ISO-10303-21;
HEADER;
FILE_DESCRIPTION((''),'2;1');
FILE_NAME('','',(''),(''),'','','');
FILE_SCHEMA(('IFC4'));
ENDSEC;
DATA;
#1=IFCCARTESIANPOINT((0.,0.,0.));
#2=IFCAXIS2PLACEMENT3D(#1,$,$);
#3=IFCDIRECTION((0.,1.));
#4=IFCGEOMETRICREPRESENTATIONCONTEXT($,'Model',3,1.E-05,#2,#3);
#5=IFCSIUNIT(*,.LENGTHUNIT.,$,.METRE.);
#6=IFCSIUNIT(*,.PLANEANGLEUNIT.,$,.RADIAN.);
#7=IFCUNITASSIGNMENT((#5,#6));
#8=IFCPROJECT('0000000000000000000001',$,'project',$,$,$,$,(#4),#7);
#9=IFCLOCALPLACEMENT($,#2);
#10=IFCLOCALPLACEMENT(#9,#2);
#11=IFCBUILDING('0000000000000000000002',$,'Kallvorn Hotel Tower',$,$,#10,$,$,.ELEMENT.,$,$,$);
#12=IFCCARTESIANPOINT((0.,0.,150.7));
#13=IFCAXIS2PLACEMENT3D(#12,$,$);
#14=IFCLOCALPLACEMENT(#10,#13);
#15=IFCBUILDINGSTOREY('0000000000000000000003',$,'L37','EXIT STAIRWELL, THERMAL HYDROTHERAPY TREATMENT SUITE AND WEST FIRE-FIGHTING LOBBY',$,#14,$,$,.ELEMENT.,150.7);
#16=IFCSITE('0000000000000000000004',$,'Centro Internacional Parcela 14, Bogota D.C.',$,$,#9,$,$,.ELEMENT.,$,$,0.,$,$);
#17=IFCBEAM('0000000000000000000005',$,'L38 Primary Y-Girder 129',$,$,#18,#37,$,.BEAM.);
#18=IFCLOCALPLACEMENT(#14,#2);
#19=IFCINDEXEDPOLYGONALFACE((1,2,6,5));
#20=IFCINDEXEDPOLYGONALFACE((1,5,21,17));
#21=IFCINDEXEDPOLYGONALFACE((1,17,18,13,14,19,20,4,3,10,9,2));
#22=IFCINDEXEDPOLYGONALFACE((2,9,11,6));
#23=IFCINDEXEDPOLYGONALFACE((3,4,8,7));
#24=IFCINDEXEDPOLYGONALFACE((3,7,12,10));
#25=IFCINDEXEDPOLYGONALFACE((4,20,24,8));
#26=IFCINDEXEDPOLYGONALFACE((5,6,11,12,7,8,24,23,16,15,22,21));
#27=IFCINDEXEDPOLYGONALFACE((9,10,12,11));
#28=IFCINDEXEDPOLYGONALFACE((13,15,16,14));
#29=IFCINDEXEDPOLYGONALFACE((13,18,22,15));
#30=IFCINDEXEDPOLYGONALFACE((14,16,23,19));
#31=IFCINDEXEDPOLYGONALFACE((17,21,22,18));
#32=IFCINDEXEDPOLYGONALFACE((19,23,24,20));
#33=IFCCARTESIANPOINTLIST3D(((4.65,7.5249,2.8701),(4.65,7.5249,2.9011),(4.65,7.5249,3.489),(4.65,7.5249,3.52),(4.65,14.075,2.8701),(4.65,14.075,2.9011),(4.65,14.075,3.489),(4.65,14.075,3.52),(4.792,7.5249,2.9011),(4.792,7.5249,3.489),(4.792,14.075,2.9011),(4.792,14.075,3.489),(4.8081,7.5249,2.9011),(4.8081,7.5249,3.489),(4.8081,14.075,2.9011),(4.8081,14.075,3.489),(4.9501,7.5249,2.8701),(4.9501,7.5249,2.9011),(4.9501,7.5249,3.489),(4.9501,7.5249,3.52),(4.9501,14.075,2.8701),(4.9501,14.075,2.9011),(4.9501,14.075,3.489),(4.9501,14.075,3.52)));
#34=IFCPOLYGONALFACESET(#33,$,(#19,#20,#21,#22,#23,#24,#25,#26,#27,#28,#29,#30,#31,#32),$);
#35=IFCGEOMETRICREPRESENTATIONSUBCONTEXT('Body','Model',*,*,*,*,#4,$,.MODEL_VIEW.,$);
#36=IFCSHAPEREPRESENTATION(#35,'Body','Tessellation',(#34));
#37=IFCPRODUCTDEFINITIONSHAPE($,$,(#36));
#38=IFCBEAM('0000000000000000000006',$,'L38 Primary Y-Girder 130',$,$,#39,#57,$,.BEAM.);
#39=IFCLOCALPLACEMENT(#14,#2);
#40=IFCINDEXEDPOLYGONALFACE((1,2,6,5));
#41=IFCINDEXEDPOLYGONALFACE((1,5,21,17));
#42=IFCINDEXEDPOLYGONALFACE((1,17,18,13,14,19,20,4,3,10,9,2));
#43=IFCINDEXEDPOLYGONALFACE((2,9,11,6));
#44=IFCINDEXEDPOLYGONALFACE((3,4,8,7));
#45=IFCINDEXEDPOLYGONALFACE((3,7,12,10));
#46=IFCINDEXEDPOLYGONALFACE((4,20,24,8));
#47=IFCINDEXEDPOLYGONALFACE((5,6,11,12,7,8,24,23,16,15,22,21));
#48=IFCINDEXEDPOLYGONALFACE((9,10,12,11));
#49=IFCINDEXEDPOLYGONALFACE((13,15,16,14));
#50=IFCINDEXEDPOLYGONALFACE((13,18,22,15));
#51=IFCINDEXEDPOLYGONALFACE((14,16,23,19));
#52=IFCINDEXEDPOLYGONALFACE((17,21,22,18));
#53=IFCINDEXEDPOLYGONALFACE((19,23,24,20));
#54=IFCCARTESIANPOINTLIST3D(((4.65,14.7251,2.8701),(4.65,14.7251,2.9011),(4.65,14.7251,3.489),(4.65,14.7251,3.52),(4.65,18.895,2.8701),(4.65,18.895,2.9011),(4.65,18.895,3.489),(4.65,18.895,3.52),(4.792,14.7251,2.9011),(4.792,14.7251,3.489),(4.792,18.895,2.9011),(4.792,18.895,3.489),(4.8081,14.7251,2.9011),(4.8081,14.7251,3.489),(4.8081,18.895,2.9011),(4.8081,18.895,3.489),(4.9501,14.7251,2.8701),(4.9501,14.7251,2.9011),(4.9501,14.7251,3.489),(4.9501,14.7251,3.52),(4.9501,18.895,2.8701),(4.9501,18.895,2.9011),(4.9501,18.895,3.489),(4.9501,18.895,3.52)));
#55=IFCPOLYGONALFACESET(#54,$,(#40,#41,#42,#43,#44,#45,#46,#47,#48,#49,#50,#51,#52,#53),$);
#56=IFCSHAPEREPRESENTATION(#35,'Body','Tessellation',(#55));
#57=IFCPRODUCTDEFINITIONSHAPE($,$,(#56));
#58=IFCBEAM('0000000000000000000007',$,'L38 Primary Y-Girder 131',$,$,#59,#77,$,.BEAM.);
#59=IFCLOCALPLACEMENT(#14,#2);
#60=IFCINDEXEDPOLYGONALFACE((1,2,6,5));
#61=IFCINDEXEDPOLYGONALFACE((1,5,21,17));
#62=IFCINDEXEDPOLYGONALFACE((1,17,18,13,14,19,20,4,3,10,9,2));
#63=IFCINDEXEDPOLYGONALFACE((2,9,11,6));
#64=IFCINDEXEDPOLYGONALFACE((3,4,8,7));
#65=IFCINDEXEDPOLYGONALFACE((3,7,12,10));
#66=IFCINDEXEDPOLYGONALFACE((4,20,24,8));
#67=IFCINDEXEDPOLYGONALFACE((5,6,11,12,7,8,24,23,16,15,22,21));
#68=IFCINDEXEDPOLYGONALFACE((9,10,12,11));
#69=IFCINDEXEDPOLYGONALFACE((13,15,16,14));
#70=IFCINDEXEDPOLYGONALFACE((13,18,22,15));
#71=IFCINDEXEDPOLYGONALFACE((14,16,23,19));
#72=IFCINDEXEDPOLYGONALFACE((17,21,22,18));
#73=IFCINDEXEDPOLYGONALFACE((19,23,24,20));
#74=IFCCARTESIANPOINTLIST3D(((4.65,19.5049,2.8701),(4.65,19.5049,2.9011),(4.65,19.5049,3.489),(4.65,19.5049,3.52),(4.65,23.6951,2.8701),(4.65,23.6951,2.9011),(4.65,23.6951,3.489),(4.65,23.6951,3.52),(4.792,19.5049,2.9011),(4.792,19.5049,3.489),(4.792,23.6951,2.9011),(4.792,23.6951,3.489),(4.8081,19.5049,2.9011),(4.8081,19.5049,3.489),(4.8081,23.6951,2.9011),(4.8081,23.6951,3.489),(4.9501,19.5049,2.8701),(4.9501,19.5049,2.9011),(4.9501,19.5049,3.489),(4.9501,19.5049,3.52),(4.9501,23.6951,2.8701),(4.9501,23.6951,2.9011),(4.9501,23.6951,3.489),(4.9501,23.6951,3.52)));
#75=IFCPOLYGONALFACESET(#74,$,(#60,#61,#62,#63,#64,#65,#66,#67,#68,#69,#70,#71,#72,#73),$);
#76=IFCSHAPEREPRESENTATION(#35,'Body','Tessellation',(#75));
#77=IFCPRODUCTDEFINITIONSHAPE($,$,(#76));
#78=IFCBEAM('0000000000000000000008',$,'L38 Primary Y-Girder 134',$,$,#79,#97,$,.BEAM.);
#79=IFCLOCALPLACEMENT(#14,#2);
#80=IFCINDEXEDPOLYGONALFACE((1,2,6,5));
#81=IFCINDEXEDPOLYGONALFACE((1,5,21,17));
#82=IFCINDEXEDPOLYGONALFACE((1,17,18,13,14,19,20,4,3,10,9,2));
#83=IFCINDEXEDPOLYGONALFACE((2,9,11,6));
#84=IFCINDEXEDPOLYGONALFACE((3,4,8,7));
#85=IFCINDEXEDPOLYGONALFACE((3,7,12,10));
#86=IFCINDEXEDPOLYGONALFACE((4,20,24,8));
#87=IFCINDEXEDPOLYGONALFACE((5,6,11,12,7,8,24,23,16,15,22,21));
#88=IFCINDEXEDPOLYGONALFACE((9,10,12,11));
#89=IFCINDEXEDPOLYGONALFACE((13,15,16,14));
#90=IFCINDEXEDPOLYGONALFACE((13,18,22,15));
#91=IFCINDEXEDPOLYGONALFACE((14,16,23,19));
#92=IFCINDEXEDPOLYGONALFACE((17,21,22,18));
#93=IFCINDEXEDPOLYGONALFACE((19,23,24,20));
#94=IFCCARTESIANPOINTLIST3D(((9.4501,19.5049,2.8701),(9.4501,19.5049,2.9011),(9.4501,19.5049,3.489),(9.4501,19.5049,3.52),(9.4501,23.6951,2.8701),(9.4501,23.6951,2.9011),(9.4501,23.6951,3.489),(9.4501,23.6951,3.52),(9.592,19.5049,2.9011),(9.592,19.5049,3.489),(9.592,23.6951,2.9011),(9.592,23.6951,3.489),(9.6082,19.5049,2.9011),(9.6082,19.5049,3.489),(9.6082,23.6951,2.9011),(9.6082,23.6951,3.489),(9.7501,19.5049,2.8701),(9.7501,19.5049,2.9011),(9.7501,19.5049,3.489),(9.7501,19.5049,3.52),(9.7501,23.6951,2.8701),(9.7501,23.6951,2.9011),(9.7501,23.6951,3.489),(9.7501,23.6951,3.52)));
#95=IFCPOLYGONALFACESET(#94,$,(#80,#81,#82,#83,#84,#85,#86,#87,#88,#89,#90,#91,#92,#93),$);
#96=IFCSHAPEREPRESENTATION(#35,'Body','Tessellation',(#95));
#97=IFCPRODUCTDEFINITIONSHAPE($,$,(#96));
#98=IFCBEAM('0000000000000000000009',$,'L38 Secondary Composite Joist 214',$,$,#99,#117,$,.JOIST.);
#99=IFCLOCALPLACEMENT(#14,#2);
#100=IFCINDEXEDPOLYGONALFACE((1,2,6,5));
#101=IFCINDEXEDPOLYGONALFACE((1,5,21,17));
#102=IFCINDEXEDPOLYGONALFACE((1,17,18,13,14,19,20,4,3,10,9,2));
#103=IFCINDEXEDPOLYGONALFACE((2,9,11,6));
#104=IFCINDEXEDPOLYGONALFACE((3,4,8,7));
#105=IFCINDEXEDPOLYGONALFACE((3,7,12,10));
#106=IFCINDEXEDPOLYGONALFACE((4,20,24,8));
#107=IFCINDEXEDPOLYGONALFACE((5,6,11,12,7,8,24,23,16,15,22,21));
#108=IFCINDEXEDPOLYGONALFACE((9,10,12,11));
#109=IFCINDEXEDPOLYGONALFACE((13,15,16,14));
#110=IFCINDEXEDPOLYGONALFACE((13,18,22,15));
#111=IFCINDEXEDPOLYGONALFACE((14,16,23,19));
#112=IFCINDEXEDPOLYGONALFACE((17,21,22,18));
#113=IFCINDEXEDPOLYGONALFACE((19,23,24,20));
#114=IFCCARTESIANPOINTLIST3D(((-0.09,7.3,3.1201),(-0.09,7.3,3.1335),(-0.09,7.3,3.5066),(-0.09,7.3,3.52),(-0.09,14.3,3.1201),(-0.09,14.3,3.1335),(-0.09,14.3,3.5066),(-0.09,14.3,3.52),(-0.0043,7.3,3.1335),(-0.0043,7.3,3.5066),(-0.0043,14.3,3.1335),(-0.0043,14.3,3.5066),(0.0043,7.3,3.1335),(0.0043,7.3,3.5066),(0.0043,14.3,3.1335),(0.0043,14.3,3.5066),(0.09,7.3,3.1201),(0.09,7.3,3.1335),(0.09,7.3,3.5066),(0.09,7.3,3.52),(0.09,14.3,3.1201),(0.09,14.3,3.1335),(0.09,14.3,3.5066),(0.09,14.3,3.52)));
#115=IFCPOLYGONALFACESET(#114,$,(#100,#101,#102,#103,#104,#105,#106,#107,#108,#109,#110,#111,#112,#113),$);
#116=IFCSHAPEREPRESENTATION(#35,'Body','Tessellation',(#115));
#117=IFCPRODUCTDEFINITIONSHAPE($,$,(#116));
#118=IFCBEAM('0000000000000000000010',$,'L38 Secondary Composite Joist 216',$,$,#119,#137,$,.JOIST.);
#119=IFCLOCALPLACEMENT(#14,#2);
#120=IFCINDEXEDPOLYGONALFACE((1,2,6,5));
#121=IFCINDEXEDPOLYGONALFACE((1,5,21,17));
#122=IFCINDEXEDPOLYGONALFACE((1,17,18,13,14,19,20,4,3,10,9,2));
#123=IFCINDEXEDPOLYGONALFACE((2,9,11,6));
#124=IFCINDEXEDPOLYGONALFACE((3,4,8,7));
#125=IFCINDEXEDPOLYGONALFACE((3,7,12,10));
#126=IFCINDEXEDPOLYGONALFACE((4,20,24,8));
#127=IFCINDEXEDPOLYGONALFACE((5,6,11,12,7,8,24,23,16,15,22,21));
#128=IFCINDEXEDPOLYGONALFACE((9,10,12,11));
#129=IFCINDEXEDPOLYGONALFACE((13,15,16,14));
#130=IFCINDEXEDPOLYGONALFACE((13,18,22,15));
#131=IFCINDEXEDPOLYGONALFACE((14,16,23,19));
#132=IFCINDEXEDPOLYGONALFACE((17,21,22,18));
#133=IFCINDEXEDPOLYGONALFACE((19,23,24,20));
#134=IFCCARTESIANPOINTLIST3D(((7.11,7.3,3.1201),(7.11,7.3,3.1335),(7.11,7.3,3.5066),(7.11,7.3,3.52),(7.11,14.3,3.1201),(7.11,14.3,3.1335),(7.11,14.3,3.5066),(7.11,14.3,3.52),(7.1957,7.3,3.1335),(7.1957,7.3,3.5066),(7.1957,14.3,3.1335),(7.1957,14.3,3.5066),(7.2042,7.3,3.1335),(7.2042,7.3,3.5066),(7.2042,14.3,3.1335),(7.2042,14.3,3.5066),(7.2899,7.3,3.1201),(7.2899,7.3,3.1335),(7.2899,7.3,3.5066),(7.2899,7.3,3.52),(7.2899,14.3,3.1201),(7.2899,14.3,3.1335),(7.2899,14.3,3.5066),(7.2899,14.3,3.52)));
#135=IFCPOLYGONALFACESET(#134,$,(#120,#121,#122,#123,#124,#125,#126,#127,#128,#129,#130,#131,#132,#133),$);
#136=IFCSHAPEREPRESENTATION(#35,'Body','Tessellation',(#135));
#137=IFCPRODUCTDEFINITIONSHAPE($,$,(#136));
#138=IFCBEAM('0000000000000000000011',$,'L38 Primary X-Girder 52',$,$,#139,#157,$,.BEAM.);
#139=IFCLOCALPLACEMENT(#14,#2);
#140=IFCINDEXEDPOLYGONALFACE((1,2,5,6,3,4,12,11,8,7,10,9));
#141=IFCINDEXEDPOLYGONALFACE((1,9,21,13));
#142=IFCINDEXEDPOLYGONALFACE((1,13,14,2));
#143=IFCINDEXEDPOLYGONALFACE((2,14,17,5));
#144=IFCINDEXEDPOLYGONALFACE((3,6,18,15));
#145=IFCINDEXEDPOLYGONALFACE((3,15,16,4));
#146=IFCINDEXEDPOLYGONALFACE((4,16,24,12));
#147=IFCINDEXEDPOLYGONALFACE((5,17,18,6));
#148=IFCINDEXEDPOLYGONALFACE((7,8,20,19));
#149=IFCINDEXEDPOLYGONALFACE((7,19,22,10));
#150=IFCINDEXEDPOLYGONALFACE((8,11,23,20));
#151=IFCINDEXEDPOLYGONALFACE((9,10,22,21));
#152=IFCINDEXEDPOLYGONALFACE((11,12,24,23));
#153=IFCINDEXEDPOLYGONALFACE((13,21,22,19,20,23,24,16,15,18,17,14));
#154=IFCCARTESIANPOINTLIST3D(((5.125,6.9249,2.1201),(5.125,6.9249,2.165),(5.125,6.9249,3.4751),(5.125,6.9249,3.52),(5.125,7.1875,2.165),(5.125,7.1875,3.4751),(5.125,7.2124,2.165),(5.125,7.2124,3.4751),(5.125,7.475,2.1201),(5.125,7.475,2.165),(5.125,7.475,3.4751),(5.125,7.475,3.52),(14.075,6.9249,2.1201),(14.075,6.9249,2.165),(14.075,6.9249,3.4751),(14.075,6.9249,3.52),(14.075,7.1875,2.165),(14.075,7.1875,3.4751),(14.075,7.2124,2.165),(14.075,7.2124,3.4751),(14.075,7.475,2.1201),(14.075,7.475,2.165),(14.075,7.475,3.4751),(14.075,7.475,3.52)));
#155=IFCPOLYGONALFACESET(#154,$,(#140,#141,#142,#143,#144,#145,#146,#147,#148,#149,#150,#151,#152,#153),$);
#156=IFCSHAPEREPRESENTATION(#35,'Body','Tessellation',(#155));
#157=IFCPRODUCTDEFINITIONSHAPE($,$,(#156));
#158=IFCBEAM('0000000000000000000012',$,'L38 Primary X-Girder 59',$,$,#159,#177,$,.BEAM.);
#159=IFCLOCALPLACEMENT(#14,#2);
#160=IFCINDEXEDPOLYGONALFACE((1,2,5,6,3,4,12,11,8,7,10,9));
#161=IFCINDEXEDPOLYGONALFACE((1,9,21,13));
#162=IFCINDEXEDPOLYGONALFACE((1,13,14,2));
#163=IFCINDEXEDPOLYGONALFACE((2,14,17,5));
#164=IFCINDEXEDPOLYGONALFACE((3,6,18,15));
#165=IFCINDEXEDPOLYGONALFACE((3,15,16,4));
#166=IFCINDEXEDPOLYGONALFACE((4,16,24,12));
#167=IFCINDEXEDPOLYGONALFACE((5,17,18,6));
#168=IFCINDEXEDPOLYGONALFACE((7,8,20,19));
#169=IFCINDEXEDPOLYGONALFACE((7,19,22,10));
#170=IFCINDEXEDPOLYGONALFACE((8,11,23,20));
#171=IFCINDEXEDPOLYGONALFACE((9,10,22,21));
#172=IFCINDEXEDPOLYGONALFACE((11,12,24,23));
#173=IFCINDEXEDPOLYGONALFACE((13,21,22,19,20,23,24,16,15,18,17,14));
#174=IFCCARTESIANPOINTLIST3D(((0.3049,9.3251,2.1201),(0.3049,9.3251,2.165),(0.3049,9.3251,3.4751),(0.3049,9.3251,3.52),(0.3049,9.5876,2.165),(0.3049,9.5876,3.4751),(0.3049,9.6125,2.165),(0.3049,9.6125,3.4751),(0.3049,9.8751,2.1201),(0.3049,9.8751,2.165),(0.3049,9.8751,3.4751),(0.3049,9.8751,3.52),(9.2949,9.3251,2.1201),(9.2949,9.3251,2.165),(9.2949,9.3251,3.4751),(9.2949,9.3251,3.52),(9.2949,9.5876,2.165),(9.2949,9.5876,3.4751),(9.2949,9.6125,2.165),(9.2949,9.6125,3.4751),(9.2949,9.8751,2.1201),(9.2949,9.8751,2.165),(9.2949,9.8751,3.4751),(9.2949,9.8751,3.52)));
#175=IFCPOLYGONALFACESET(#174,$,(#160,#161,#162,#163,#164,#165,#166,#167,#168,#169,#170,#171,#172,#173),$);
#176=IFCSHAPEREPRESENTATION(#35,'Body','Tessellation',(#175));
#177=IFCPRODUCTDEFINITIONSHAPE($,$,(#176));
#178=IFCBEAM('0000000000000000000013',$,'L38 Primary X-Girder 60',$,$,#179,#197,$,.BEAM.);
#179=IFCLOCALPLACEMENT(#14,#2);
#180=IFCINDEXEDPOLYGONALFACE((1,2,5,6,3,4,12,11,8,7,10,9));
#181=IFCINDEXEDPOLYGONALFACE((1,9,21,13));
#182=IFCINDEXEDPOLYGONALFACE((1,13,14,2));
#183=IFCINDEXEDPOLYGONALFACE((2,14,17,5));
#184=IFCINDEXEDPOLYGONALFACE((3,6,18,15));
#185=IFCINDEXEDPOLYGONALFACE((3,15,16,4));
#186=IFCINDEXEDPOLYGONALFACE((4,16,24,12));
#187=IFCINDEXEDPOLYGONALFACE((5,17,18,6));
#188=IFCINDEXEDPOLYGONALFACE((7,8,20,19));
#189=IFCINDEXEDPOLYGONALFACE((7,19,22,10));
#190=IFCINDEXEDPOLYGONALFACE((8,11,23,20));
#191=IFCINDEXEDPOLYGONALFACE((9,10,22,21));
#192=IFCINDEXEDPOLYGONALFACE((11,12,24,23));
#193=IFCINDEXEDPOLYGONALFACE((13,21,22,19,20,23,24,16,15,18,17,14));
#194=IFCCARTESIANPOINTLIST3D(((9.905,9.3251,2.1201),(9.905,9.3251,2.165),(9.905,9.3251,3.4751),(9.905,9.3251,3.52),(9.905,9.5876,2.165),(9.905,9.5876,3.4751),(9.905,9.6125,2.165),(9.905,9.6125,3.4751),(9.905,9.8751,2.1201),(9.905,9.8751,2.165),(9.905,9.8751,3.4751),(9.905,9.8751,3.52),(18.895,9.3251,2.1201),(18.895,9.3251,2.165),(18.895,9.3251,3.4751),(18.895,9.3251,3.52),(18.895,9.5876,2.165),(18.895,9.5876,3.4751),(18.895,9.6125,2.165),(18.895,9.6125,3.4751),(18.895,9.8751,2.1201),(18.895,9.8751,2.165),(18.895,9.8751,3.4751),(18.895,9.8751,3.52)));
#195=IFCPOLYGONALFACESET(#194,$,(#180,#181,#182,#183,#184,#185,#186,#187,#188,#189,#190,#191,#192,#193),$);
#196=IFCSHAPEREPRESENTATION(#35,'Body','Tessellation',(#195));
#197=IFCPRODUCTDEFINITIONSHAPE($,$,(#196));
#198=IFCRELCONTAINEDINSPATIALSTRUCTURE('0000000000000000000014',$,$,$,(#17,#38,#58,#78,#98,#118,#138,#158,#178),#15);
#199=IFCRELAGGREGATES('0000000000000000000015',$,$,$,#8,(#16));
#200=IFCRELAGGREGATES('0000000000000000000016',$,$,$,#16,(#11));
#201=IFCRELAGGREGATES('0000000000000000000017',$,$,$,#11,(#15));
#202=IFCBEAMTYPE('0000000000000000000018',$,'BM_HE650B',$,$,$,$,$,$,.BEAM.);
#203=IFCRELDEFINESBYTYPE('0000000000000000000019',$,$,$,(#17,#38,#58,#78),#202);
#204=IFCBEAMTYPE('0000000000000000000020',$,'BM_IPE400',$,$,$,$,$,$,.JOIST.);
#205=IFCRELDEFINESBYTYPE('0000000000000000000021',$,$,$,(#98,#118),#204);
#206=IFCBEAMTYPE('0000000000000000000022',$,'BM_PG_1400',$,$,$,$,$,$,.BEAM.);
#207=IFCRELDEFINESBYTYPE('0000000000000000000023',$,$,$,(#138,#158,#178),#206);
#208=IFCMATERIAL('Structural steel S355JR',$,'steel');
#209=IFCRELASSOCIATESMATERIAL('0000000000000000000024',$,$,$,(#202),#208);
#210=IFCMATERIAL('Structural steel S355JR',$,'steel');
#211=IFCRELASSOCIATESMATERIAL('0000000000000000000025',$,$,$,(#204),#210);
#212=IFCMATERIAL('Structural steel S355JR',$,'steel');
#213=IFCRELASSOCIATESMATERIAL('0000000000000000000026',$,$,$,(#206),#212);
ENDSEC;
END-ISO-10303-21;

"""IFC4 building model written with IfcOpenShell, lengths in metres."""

from ifc_helpers import new_model, si_unit, direction, frame, origin, origin_2d, place, context, subcontext, project, spatial, i_section, extrude, material, material_profile, profile_set, type_object, element, save


model = new_model("IFC4")

# Units and contexts
model_context = context("Model", 3, precision=1e-05, world=origin(), true_north=direction((0.0, 1.0)))
body_context = subcontext(model_context, "Body", "Model", "MODEL_VIEW")
ifc_project = project(units=[si_unit("LENGTHUNIT", "METRE"), si_unit("PLANEANGLEUNIT", "RADIAN")], contexts=[model_context])

# Site, building, storey
site_placement = place(None, origin())
site = spatial("IfcSite", under=ifc_project, at=site_placement, Name="Centro Internacional Parcela 14, Bogota D.C.", CompositionType="ELEMENT", RefElevation=0.0)
building_placement = place(site_placement, origin())
building = spatial("IfcBuilding", under=site, at=building_placement, Name="Kallvorn Hotel Tower", CompositionType="ELEMENT")
storey_placement = place(building_placement, frame((0.0, 0.0, 150.7)))
storey = spatial("IfcBuildingStorey", under=building, at=storey_placement, Name="L37", Description="EXIT STAIRWELL, THERMAL HYDROTHERAPY TREATMENT SUITE AND WEST FIRE-FIGHTING LOBBY", CompositionType="ELEMENT", Elevation=150.7)

# Beams
ifc_material_1 = material(Name="Structural steel S355JR", Category="steel")
ifc_material_profile_1 = material_profile(ifc_material_1, i_section(OverallWidth=0.3, OverallDepth=0.6499, WebThickness=0.0161, FlangeThickness=0.031, at=origin_2d()), Name="HE 650 B")
ifc_profile_set_1 = profile_set([ifc_material_profile_1], Name="Structural steel S355JR")
beam_type_1 = type_object("IfcBeamType", Name="BM_HE650B", PredefinedType="BEAM", material=ifc_profile_set_1)
beam_1_placement = place(storey_placement, frame((4.8, 7.5249, 3.1951), z_axis=(0.0, 1.0, 0.0), x_axis=(-1.0, 0.0, 0.0)))
element("IfcBeam", 1, at=beam_1_placement, inside=storey, type_object=beam_type_1, Name="L38 Primary Y-Girder 129", PredefinedType="BEAM", context=body_context, shape_type="SweptSolid", body=[
    extrude(i_section(OverallWidth=0.3, OverallDepth=0.6499, WebThickness=0.0161, FlangeThickness=0.031, at=origin_2d()), origin(), (0.0, 0.0, 1.0), 6.55),
])
beam_2_placement = place(storey_placement, frame((4.8, 14.7251, 3.1951), z_axis=(0.0, 1.0, 0.0), x_axis=(-1.0, 0.0, 0.0)))
element("IfcBeam", 2, at=beam_2_placement, inside=storey, type_object=beam_type_1, Name="L38 Primary Y-Girder 130", PredefinedType="BEAM", context=body_context, shape_type="SweptSolid", body=[
    extrude(i_section(OverallWidth=0.3, OverallDepth=0.6499, WebThickness=0.0161, FlangeThickness=0.031, at=origin_2d()), origin(), (0.0, 0.0, 1.0), 4.1699),
])
for number, where, z_axis, x_axis, name in (
    (3, (4.8, 19.5049, 3.1951), (0.0, 1.0, 0.0), (-1.0, 0.0, 0.0), "L38 Primary Y-Girder 131"),
    (4, (9.6001, 19.5049, 3.1951), (0.0, 1.0, 0.0), (-1.0, 0.0, 0.0), "L38 Primary Y-Girder 134"),
):
    element("IfcBeam", number, at=place(storey_placement, frame(where, z_axis=z_axis, x_axis=x_axis)), inside=storey, type_object=beam_type_1, Name=name, PredefinedType="BEAM", context=body_context, shape_type="SweptSolid", body=[
        extrude(i_section(OverallWidth=0.3, OverallDepth=0.6499, WebThickness=0.0161, FlangeThickness=0.031, at=origin_2d()), origin(), (0.0, 0.0, 1.0), 4.1902),
    ])
ifc_material_2 = material(Name="Structural steel S355JR", Category="steel")
ifc_material_profile_2 = material_profile(ifc_material_2, i_section(OverallWidth=0.1799, OverallDepth=0.3999, WebThickness=0.0085, FlangeThickness=0.0134, at=origin_2d()), Name="IPE 400")
ifc_profile_set_2 = profile_set([ifc_material_profile_2], Name="Structural steel S355JR")
beam_type_2 = type_object("IfcBeamType", Name="BM_IPE400", PredefinedType="JOIST", material=ifc_profile_set_2)
for number, where, z_axis, x_axis, name in (
    (5, (0.0, 7.3, 3.3201), (0.0, 1.0, 0.0), (-1.0, 0.0, 0.0), "L38 Secondary Composite Joist 214"),
    (6, (7.2, 7.3, 3.3201), (0.0, 1.0, 0.0), (-1.0, 0.0, 0.0), "L38 Secondary Composite Joist 216"),
):
    element("IfcBeam", number, at=place(storey_placement, frame(where, z_axis=z_axis, x_axis=x_axis)), inside=storey, type_object=beam_type_2, Name=name, PredefinedType="JOIST", context=body_context, shape_type="SweptSolid", body=[
        extrude(i_section(OverallWidth=0.1799, OverallDepth=0.3999, WebThickness=0.0085, FlangeThickness=0.0134, at=origin_2d()), origin(), (0.0, 0.0, 1.0), 7.0),
    ])
ifc_material_3 = material(Name="Structural steel S355JR", Category="steel")
ifc_material_profile_3 = material_profile(ifc_material_3, i_section(OverallWidth=0.55, OverallDepth=1.3999, WebThickness=0.0249, FlangeThickness=0.0449, at=origin_2d()), Name="PG 1400x550x25x45")
ifc_profile_set_3 = profile_set([ifc_material_profile_3], Name="Structural steel S355JR")
beam_type_3 = type_object("IfcBeamType", Name="BM_PG_1400", PredefinedType="BEAM", material=ifc_profile_set_3)
beam_3_placement = place(storey_placement, frame((5.125, 7.2, 2.8201), z_axis=(1.0, 0.0, 0.0), x_axis=(0.0, 1.0, 0.0)))
element("IfcBeam", 7, at=beam_3_placement, inside=storey, type_object=beam_type_3, Name="L38 Primary X-Girder 52", PredefinedType="BEAM", context=body_context, shape_type="SweptSolid", body=[
    extrude(i_section(OverallWidth=0.55, OverallDepth=1.3999, WebThickness=0.0249, FlangeThickness=0.0449, at=origin_2d()), origin(), (0.0, 0.0, 1.0), 8.95),
])
for number, where, z_axis, x_axis, name in (
    (8, (0.3049, 9.6001, 2.8201), (1.0, 0.0, 0.0), (0.0, 1.0, 0.0), "L38 Primary X-Girder 59"),
    (9, (9.905, 9.6001, 2.8201), (1.0, 0.0, 0.0), (0.0, 1.0, 0.0), "L38 Primary X-Girder 60"),
):
    element("IfcBeam", number, at=place(storey_placement, frame(where, z_axis=z_axis, x_axis=x_axis)), inside=storey, type_object=beam_type_3, Name=name, PredefinedType="BEAM", context=body_context, shape_type="SweptSolid", body=[
        extrude(i_section(OverallWidth=0.55, OverallDepth=1.3999, WebThickness=0.0249, FlangeThickness=0.0449, at=origin_2d()), origin(), (0.0, 0.0, 1.0), 8.99),
    ])

save(model, "model.ifc")
